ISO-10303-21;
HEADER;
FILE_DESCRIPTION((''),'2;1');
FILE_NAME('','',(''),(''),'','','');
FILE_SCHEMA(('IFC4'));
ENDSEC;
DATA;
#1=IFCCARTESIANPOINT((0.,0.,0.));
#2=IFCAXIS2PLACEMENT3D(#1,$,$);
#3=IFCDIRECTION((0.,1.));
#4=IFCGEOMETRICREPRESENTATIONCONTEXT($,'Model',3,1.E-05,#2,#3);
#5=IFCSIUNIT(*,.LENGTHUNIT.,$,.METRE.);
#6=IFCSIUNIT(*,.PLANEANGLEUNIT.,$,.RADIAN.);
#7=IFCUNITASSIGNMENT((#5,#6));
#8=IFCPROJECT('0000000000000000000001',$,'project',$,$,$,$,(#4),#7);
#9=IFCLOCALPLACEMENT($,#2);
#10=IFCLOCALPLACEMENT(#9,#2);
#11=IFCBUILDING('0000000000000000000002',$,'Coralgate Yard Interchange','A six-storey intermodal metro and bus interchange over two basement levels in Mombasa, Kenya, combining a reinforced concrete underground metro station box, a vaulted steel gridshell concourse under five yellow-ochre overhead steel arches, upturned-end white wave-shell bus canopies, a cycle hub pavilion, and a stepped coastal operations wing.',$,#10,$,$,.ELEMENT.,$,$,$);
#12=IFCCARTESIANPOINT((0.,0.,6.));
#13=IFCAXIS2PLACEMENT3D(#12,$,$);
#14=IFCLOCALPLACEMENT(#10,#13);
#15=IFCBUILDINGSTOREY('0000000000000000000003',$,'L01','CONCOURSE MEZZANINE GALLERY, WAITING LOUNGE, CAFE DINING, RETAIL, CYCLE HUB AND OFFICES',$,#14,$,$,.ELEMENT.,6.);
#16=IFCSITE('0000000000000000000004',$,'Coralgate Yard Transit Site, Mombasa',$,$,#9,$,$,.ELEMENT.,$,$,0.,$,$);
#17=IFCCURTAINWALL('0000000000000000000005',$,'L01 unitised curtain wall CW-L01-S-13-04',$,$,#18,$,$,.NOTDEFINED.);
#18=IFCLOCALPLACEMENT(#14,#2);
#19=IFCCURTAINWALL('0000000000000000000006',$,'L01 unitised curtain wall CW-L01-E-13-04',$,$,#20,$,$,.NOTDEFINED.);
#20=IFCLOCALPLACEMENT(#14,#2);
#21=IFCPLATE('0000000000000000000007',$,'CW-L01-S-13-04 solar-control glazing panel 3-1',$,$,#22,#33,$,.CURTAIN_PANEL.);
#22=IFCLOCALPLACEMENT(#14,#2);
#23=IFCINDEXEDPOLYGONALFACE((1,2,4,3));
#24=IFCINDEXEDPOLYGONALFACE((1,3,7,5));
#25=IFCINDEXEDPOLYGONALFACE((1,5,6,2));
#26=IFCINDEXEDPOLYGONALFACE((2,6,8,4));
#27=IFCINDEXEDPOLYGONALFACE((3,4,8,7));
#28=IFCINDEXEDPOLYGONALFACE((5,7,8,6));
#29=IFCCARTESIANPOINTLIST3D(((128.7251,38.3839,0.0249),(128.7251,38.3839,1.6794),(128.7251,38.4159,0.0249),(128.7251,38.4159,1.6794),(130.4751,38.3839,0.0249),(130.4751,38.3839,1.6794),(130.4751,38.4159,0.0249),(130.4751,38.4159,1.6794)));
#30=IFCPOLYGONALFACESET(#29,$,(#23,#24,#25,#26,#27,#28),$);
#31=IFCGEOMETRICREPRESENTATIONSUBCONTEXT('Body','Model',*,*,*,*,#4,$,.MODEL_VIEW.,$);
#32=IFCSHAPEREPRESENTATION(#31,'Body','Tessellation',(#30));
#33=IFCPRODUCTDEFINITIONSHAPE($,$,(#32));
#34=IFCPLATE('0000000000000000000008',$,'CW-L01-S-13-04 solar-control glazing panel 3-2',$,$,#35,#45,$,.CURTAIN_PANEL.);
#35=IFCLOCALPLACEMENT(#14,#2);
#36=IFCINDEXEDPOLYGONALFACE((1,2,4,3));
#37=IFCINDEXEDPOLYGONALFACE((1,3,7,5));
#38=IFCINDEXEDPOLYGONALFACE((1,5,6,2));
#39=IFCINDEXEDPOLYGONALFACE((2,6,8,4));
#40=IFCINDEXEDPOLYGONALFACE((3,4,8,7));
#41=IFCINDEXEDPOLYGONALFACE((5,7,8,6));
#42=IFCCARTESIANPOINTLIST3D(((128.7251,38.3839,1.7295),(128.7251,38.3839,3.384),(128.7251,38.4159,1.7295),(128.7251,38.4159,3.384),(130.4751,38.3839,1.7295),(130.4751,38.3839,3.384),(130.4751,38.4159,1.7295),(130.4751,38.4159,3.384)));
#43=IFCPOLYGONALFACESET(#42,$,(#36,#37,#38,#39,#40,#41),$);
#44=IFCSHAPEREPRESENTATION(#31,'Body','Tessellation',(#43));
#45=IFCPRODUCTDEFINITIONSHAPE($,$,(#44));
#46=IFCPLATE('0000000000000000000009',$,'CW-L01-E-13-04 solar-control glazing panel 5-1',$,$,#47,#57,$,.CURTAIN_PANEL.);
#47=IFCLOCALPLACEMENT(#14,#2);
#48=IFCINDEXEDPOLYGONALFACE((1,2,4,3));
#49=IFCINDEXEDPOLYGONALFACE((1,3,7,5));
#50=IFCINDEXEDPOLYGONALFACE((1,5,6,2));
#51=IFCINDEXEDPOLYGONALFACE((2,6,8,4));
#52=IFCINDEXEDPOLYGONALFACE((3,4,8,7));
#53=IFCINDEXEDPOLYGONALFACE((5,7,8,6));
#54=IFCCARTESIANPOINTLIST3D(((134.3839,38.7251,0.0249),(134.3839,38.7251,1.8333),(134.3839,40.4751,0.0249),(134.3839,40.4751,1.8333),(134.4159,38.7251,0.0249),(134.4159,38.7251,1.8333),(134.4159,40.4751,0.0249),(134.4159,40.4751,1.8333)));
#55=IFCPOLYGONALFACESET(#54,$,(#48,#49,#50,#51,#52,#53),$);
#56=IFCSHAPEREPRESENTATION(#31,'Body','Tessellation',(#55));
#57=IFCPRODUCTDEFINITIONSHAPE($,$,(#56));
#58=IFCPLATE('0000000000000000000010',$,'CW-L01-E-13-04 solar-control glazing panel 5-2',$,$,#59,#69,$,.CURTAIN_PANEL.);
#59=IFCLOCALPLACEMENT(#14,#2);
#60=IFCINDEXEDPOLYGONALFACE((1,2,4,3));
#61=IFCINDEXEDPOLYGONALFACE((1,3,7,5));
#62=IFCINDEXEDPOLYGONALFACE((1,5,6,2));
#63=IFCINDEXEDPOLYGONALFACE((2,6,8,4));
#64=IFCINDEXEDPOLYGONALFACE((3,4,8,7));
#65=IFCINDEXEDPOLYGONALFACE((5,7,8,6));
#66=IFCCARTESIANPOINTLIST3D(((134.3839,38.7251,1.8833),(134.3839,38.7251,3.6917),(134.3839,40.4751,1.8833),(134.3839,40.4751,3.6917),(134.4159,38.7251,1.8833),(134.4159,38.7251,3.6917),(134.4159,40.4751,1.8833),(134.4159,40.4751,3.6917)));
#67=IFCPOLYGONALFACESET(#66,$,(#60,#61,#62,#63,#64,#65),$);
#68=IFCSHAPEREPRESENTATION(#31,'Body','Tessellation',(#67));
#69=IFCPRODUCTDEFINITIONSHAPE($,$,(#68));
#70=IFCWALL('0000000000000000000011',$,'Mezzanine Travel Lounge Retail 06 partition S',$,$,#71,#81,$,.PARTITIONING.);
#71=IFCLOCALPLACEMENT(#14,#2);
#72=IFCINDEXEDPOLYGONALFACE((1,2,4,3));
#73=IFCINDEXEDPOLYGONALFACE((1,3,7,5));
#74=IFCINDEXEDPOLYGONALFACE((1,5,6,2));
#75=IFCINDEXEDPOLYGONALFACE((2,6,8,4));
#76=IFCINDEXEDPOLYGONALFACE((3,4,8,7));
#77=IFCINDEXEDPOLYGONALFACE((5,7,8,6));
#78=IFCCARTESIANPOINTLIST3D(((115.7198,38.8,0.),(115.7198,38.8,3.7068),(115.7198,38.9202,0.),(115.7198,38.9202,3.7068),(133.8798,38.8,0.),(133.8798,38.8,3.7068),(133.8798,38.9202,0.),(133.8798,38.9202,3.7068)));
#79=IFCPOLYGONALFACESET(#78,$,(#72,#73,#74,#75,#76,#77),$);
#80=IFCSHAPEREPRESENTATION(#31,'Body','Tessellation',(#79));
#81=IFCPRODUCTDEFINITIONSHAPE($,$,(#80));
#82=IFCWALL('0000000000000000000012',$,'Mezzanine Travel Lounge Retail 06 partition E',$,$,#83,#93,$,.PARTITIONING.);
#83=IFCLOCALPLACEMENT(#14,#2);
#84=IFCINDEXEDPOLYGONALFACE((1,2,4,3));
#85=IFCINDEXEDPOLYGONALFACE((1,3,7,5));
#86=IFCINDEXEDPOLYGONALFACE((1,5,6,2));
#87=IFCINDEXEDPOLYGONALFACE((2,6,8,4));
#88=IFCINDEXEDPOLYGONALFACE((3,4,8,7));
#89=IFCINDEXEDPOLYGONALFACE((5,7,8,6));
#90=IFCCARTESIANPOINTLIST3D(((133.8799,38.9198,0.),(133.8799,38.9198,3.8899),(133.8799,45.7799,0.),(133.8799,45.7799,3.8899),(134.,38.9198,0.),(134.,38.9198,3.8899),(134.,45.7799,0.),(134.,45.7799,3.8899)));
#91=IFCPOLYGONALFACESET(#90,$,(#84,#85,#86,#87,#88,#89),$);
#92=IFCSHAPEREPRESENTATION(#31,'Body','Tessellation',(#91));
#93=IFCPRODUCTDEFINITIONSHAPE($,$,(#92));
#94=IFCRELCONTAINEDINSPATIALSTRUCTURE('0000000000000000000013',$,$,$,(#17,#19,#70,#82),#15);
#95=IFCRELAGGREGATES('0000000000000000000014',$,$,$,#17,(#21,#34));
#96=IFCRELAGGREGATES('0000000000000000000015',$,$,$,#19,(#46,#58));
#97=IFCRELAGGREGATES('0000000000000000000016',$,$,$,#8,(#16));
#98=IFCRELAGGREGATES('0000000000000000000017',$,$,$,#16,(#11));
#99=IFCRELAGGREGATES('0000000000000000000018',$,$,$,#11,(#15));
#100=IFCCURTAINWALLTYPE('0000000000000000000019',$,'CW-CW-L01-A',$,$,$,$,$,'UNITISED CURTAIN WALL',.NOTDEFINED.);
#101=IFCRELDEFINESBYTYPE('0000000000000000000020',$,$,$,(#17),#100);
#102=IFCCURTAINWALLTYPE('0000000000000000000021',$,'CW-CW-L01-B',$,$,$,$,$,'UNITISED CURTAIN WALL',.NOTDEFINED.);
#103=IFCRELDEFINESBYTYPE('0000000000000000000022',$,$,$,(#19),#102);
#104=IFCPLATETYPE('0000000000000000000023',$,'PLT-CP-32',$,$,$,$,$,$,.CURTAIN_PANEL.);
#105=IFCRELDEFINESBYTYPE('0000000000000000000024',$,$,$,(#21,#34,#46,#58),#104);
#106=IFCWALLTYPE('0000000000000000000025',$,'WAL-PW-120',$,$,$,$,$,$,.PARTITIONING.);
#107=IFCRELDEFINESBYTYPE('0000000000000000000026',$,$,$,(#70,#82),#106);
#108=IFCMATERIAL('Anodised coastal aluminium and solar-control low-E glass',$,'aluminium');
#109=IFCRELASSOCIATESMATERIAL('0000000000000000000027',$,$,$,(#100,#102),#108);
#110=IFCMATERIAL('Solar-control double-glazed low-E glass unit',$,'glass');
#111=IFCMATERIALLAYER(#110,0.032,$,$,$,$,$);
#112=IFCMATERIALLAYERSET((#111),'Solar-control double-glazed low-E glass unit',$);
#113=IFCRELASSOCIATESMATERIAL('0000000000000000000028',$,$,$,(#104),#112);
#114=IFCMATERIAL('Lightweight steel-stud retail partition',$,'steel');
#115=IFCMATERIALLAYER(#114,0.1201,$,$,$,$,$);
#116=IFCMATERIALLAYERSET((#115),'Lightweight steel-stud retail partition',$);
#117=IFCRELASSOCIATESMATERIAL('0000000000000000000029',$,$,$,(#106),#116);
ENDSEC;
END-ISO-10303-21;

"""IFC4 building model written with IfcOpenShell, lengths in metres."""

from ifc_helpers import new_model, si_unit, direction, frame, frame_2d, origin, origin_2d, place, context, subcontext, project, spatial, rectangle, extrude, material, layer, layer_set, type_object, element, aggregate, save


model = new_model("IFC4")

# Units and contexts
model_context = context("Model", 3, precision=1e-05, world=origin(), true_north=direction((0.0, 1.0)))
body_context = subcontext(model_context, "Body", "Model", "MODEL_VIEW")
ifc_project = project(units=[si_unit("LENGTHUNIT", "METRE"), si_unit("PLANEANGLEUNIT", "RADIAN")], contexts=[model_context])

# Site, building, storey
site_placement = place(None, origin())
site = spatial("IfcSite", under=ifc_project, at=site_placement, Name="Coralgate Yard Transit Site, Mombasa", CompositionType="ELEMENT", RefElevation=0.0)
building_placement = place(site_placement, origin())
building = spatial("IfcBuilding", under=site, at=building_placement, Name="Coralgate Yard Interchange", Description="A six-storey intermodal metro and bus interchange over two basement levels in Mombasa, Kenya, combining a reinforced concrete underground metro station box, a vaulted steel gridshell concourse under five yellow-ochre overhead steel arches, upturned-end white wave-shell bus canopies, a cycle hub pavilion, and a stepped coastal operations wing.", CompositionType="ELEMENT")
storey_placement = place(building_placement, frame((0.0, 0.0, 6.0)))
storey = spatial("IfcBuildingStorey", under=building, at=storey_placement, Name="L01", Description="CONCOURSE MEZZANINE GALLERY, WAITING LOUNGE, CAFE DINING, RETAIL, CYCLE HUB AND OFFICES", CompositionType="ELEMENT", Elevation=6.0)

# Curtain wall
ifc_material_1 = material(Name="Anodised coastal aluminium and solar-control low-E glass", Category="aluminium")
curtain_wall_type_1 = type_object("IfcCurtainWallType", Name="CW-CW-L01-A", ElementType="UNITISED CURTAIN WALL", PredefinedType="NOTDEFINED", material=ifc_material_1)
curtain_wall_1_placement = place(storey_placement, origin())
curtain_wall_1 = element("IfcCurtainWall", 1, at=curtain_wall_1_placement, inside=storey, type_object=curtain_wall_type_1, Name="L01 unitised curtain wall CW-L01-S-13-04", PredefinedType="NOTDEFINED")

# Curtain wall
curtain_wall_type_2 = type_object("IfcCurtainWallType", Name="CW-CW-L01-B", ElementType="UNITISED CURTAIN WALL", PredefinedType="NOTDEFINED", material=ifc_material_1)
curtain_wall_2_placement = place(storey_placement, origin())
curtain_wall_2 = element("IfcCurtainWall", 2, at=curtain_wall_2_placement, inside=storey, type_object=curtain_wall_type_2, Name="L01 unitised curtain wall CW-L01-E-13-04", PredefinedType="NOTDEFINED")

# Plates
ifc_material_2 = material(Name="Solar-control double-glazed low-E glass unit", Category="glass")
ifc_layer_1 = layer(ifc_material_2, 0.032)
ifc_layer_set_1 = layer_set([ifc_layer_1], Name="Solar-control double-glazed low-E glass unit")
plate_type = type_object("IfcPlateType", Name="PLT-CP-32", PredefinedType="CURTAIN_PANEL", material=ifc_layer_set_1)
plate_1_placement = place(storey_placement, frame((129.6001, 38.3999, 0.0249), z_axis=(0.0, 0.0, 1.0), x_axis=(-1.0, 0.0, 0.0)))
plate_1 = element("IfcPlate", 3, at=plate_1_placement, type_object=plate_type, Name="CW-L01-S-13-04 solar-control glazing panel 3-1", PredefinedType="CURTAIN_PANEL", context=body_context, shape_type="SweptSolid", body=[
    extrude(rectangle(XDim=1.75, YDim=0.032, at=origin_2d()), origin(), (0.0, 0.0, 1.0), 1.6545),
])
plate_2_placement = place(storey_placement, frame((129.6001, 38.3999, 1.7295), z_axis=(0.0, 0.0, 1.0), x_axis=(-1.0, 0.0, 0.0)))
plate_2 = element("IfcPlate", 4, at=plate_2_placement, type_object=plate_type, Name="CW-L01-S-13-04 solar-control glazing panel 3-2", PredefinedType="CURTAIN_PANEL", context=body_context, shape_type="SweptSolid", body=[
    extrude(rectangle(XDim=1.75, YDim=0.032, at=origin_2d()), origin(), (0.0, 0.0, 1.0), 1.6545),
])
aggregate(curtain_wall_1, [plate_1, plate_2])
plate_3_placement = place(storey_placement, frame((134.3999, 39.6001, 0.0249), z_axis=(0.0, 0.0, 1.0), x_axis=(0.0, -1.0, 0.0)))
plate_3 = element("IfcPlate", 5, at=plate_3_placement, type_object=plate_type, Name="CW-L01-E-13-04 solar-control glazing panel 5-1", PredefinedType="CURTAIN_PANEL", context=body_context, shape_type="SweptSolid", body=[
    extrude(rectangle(XDim=1.75, YDim=0.032, at=origin_2d()), origin(), (0.0, 0.0, 1.0), 1.8083),
])
plate_4_placement = place(storey_placement, frame((134.3999, 39.6001, 1.8833), z_axis=(0.0, 0.0, 1.0), x_axis=(0.0, -1.0, 0.0)))
plate_4 = element("IfcPlate", 6, at=plate_4_placement, type_object=plate_type, Name="CW-L01-E-13-04 solar-control glazing panel 5-2", PredefinedType="CURTAIN_PANEL", context=body_context, shape_type="SweptSolid", body=[
    extrude(rectangle(XDim=1.75, YDim=0.032, at=origin_2d()), origin(), (0.0, 0.0, 1.0), 1.8083),
])
aggregate(curtain_wall_2, [plate_3, plate_4])

# Walls
ifc_material_3 = material(Name="Lightweight steel-stud retail partition", Category="steel")
ifc_layer_2 = layer(ifc_material_3, 0.1201)
ifc_layer_set_2 = layer_set([ifc_layer_2], Name="Lightweight steel-stud retail partition")
wall_type = type_object("IfcWallType", Name="WAL-PW-120", PredefinedType="PARTITIONING", material=ifc_layer_set_2)
wall_1_placement = place(storey_placement, frame((133.8799, 38.8601, 0.0), z_axis=(0.0, 0.0, 1.0), x_axis=(-1.0, 0.0, 0.0)))
element("IfcWall", 7, at=wall_1_placement, inside=storey, type_object=wall_type, Name="Mezzanine Travel Lounge Retail 06 partition S", PredefinedType="PARTITIONING", context=body_context, shape_type="SweptSolid", body=[
    extrude(rectangle(XDim=18.1599, YDim=0.1201, at=frame_2d((9.0801, 0.0))), origin(), (0.0, 0.0, 1.0), 3.7068),
])
wall_2_placement = place(storey_placement, frame((133.9399, 45.78, 0.0), z_axis=(0.0, 0.0, 1.0), x_axis=(0.0, -1.0, 0.0)))
element("IfcWall", 8, at=wall_2_placement, inside=storey, type_object=wall_type, Name="Mezzanine Travel Lounge Retail 06 partition E", PredefinedType="PARTITIONING", context=body_context, shape_type="SweptSolid", body=[
    extrude(rectangle(XDim=6.8601, YDim=0.1201, at=frame_2d((3.4302, 0.0))), origin(), (0.0, 0.0, 1.0), 3.8899),
])

save(model, "model.ifc")
